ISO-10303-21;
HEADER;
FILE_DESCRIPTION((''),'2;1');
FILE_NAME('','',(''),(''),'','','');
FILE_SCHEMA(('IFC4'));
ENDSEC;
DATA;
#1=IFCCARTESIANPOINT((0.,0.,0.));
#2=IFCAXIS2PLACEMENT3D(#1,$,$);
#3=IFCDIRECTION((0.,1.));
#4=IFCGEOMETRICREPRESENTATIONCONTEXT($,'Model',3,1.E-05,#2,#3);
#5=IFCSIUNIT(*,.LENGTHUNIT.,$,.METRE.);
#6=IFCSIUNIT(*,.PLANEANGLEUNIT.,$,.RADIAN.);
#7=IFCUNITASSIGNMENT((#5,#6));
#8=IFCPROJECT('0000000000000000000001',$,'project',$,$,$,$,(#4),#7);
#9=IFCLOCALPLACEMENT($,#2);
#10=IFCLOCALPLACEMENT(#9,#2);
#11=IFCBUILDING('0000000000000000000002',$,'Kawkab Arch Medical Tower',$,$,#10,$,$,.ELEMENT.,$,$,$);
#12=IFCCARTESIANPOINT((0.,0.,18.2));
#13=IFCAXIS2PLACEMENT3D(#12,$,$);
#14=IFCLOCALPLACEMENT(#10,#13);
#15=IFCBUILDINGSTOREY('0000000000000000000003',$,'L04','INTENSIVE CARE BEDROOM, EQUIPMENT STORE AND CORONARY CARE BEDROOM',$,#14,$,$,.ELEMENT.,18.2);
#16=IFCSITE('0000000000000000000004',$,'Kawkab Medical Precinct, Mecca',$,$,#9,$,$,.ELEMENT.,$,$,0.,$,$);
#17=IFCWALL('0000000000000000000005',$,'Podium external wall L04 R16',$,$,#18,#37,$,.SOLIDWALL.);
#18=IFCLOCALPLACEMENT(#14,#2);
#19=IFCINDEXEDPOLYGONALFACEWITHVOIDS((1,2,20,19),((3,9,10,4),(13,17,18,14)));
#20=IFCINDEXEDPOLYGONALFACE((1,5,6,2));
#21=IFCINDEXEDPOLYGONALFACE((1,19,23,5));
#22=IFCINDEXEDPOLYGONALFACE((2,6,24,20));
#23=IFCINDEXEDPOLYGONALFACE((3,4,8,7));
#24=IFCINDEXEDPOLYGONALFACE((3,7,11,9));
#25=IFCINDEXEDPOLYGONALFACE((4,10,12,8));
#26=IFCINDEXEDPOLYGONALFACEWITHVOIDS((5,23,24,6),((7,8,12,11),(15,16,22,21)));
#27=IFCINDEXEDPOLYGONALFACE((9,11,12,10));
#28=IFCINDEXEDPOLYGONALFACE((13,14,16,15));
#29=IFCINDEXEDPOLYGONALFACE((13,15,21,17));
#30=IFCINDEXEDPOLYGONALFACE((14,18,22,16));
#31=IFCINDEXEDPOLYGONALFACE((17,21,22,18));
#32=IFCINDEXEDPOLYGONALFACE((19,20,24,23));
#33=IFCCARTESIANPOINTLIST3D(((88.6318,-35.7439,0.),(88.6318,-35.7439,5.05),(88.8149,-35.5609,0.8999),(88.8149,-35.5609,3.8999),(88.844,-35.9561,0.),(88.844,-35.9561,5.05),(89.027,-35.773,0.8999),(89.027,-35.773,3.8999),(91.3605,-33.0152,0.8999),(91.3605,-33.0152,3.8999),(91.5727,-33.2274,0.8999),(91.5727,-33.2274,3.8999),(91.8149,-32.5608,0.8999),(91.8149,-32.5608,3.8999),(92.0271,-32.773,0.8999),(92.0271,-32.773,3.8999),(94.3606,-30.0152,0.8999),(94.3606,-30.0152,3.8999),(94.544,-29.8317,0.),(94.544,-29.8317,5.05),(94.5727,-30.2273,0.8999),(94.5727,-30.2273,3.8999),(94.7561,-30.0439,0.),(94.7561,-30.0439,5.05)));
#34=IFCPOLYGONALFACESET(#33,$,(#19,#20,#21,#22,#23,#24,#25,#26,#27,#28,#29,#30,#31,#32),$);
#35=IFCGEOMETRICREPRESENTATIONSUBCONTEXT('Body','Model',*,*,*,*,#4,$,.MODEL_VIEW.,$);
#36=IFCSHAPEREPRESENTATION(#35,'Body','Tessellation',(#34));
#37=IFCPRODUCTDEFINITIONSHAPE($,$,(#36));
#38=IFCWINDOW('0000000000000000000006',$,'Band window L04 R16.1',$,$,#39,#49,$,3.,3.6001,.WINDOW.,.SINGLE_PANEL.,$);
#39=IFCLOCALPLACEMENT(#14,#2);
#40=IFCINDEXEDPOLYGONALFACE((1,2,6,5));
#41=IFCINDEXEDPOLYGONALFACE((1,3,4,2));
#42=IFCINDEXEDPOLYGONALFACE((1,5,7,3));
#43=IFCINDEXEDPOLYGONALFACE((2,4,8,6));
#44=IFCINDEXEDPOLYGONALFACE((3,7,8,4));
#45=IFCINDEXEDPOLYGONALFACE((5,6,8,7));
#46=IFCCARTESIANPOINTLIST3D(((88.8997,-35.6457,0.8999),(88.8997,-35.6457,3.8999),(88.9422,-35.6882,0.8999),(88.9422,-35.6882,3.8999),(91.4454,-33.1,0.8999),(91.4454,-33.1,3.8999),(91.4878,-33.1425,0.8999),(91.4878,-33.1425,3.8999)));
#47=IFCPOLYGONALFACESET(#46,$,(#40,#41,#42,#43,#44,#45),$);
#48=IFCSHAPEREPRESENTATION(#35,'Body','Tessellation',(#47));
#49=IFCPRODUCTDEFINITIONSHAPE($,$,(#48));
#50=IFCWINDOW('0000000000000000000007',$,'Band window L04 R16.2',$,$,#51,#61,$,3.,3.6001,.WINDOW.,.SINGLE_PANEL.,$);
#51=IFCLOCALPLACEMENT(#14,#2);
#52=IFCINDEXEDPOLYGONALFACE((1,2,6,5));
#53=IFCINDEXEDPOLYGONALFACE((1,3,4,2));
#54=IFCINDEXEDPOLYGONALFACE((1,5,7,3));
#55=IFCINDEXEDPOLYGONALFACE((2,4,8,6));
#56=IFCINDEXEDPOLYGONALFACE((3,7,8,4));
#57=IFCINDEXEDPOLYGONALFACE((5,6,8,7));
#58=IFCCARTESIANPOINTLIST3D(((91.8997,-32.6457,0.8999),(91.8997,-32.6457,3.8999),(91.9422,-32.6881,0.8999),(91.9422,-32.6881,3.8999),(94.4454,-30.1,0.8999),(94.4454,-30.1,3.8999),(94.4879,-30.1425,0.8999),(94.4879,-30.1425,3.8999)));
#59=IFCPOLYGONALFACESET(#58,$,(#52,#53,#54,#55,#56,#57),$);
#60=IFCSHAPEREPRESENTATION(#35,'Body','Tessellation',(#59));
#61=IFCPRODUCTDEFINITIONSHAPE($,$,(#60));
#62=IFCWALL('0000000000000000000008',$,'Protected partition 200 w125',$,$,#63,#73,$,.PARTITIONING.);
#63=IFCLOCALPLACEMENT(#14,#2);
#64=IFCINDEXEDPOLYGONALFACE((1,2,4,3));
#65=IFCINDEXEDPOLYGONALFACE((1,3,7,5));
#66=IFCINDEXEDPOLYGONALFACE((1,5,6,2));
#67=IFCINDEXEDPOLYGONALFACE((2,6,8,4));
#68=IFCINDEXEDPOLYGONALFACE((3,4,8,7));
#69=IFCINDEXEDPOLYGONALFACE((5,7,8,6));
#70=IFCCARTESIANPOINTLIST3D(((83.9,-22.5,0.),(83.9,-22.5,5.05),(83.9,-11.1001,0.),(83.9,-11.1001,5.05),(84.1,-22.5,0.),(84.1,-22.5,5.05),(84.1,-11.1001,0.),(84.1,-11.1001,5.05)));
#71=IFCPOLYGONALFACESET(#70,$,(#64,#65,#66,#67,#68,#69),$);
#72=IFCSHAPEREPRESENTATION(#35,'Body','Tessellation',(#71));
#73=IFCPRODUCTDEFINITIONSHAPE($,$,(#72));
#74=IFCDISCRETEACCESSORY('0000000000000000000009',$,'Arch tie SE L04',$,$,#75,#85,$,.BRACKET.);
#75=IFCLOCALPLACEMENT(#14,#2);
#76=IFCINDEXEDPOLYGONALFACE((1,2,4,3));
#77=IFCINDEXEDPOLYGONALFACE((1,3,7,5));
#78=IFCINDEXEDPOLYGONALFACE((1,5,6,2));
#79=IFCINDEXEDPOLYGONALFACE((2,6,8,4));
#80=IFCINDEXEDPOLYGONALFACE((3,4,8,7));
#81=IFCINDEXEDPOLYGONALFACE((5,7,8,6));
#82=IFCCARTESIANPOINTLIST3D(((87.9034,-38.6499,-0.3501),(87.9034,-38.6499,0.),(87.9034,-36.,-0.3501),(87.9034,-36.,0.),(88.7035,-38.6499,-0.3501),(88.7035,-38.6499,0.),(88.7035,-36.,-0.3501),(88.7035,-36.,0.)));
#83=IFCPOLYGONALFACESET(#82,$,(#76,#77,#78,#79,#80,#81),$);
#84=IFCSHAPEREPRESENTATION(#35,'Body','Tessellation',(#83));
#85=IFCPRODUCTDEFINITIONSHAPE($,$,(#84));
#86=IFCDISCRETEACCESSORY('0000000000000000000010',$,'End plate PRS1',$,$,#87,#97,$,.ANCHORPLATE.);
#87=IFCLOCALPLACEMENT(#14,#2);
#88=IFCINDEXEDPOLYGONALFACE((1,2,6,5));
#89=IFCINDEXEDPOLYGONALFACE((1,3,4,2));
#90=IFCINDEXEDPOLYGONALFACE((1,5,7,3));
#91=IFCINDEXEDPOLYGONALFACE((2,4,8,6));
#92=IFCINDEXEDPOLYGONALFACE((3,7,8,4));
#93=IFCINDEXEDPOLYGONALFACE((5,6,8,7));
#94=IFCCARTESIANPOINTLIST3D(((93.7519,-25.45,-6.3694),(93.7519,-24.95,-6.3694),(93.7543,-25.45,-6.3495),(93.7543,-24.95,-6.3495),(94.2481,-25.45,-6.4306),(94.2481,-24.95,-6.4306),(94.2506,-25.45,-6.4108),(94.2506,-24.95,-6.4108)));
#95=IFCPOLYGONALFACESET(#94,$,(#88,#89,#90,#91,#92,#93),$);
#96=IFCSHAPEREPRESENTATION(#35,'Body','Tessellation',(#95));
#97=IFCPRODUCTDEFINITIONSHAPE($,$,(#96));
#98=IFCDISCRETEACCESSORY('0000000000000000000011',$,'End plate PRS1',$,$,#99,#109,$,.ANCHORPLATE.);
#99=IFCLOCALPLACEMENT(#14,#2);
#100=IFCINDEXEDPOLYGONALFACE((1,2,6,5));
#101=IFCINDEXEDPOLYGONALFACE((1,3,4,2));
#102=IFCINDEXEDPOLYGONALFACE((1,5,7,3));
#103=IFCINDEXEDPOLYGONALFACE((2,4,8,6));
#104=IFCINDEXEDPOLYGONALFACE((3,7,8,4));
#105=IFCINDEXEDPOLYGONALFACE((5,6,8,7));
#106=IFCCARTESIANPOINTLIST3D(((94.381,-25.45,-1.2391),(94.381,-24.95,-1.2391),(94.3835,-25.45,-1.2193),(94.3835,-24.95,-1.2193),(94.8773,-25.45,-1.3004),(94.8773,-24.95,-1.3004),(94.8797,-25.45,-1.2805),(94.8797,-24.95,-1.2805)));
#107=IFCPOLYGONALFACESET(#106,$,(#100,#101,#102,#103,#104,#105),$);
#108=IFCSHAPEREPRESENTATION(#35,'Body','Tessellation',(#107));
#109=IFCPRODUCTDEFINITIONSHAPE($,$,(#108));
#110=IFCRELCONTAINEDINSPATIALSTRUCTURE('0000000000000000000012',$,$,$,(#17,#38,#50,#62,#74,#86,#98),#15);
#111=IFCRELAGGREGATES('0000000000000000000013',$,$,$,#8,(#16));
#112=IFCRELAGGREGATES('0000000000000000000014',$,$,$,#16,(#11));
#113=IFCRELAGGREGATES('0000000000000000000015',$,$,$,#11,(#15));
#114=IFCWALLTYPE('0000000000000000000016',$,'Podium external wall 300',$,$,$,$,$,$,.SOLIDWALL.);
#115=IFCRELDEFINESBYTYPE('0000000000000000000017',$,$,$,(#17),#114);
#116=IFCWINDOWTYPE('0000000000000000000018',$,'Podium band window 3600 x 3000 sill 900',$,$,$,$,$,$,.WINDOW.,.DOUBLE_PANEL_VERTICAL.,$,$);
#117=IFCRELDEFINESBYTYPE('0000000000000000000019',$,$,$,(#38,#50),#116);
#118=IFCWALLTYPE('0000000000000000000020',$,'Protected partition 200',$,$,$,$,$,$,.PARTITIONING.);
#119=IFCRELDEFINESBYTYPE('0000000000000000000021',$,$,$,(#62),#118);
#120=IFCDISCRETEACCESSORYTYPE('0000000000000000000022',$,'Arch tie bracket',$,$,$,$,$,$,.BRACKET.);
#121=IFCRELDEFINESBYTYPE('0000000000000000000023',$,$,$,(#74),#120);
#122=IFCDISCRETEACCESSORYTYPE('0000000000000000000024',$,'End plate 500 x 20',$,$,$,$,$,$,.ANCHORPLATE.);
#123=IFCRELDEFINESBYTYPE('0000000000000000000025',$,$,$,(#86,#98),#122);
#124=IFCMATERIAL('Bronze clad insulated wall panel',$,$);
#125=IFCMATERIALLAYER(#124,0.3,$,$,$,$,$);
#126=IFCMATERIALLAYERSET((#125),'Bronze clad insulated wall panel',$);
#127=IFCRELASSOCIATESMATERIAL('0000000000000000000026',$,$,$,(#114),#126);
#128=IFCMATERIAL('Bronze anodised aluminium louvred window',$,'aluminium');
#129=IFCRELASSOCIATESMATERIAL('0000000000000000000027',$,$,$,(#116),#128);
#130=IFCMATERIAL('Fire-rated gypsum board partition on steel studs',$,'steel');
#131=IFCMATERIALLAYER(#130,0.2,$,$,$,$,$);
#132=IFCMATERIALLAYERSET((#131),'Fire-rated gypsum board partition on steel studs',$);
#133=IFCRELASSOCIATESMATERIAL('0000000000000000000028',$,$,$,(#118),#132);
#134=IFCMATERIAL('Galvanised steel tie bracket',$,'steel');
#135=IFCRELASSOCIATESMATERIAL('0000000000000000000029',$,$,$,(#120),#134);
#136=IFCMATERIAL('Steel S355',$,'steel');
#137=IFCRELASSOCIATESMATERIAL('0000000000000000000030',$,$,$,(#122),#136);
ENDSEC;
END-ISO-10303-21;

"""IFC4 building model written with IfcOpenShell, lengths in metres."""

from ifc_helpers import new_model, si_unit, direction, frame, frame_2d, origin, origin_2d, place, context, subcontext, project, spatial, rectangle, extrude, material, layer, layer_set, material_profile, profile_set, type_object, element, fill, save


model = new_model("IFC4")

# Units and contexts
model_context = context("Model", 3, precision=1e-05, world=origin(), true_north=direction((0.0, 1.0)))
body_context = subcontext(model_context, "Body", "Model", "MODEL_VIEW")
ifc_project = project(units=[si_unit("LENGTHUNIT", "METRE"), si_unit("PLANEANGLEUNIT", "RADIAN")], contexts=[model_context])

# Site, building, storey
site_placement = place(None, origin())
site = spatial("IfcSite", under=ifc_project, at=site_placement, Name="Kawkab Medical Precinct, Mecca", CompositionType="ELEMENT", RefElevation=0.0)
building_placement = place(site_placement, origin())
building = spatial("IfcBuilding", under=site, at=building_placement, Name="Kawkab Arch Medical Tower", CompositionType="ELEMENT")
storey_placement = place(building_placement, frame((0.0, 0.0, 18.2)))
storey = spatial("IfcBuildingStorey", under=building, at=storey_placement, Name="L04", Description="INTENSIVE CARE BEDROOM, EQUIPMENT STORE AND CORONARY CARE BEDROOM", CompositionType="ELEMENT", Elevation=18.2)

# Wall, openings, windows
ifc_material_1 = material(Name="Bronze clad insulated wall panel")
ifc_layer_1 = layer(ifc_material_1, 0.3)
ifc_layer_set_1 = layer_set([ifc_layer_1], Name="Bronze clad insulated wall panel")
wall_type_1 = type_object("IfcWallType", Name="Podium external wall 300", PredefinedType="SOLIDWALL", material=ifc_layer_set_1)
ifc_material_2 = material(Name="Bronze anodised aluminium louvred window", Category="aluminium")
window_type_1 = type_object("IfcWindowType", Name="Podium band window 3600 x 3000 sill 900", PartitioningType="DOUBLE_PANEL_VERTICAL", PredefinedType="WINDOW", material=ifc_material_2)
wall_1_placement = place(storey_placement, frame((88.7378, -35.8501, 0.0), z_axis=(0.0, 0.0, 1.0), x_axis=(0.707107, 0.707107, 0.0)))
wall_1 = element("IfcWall", 1, at=wall_1_placement, inside=storey, type_object=wall_type_1, Name="Podium external wall L04 R16", PredefinedType="SOLIDWALL", context=body_context, shape_type="SweptSolid", body=[
    extrude(rectangle(XDim=8.3611, YDim=0.3, at=frame_2d((4.1807, 0.0))), origin(), (0.0, 0.0, 1.0), 5.05),
])
opening_1_placement = place(wall_1_placement, frame((0.259, 0.0, 0.8999)))
opening_1 = element("IfcOpeningElement", 2, at=opening_1_placement, cuts=wall_1, PredefinedType="OPENING", context=body_context, shape_type="SweptSolid", body=[
    extrude(rectangle(XDim=3.6001, YDim=3.0, at=frame_2d((1.8, 1.5))), frame((0.0, 0.1599, 0.0), z_axis=(0.0, -1.0, 0.0), x_axis=(1.0, 0.0, 0.0)), (0.0, 0.0, 1.0), 0.3201),
])
opening_2_placement = place(wall_1_placement, frame((4.5017, 0.0, 0.8999)))
opening_2 = element("IfcOpeningElement", 3, at=opening_2_placement, cuts=wall_1, PredefinedType="OPENING", context=body_context, shape_type="SweptSolid", body=[
    extrude(rectangle(XDim=3.6001, YDim=3.0, at=frame_2d((1.8, 1.5))), frame((0.0, 0.1599, 0.0), z_axis=(0.0, -1.0, 0.0), x_axis=(1.0, 0.0, 0.0)), (0.0, 0.0, 1.0), 0.3201),
])
window_1_placement = place(opening_1_placement, origin())
window_1 = element("IfcWindow", 4, at=window_1_placement, inside=storey, type_object=window_type_1, Name="Band window L04 R16.1", OverallHeight=3.0, OverallWidth=3.6001, PartitioningType="SINGLE_PANEL", PredefinedType="WINDOW", context=body_context, shape_type="SweptSolid", body=[
    extrude(rectangle(XDim=3.6001, YDim=3.0, at=frame_2d((1.8, 1.5))), frame((0.0, 0.03, 0.0), z_axis=(0.0, -1.0, 0.0), x_axis=(1.0, 0.0, 0.0)), (0.0, 0.0, 1.0), 0.0601),
])
fill(opening_1, window_1)
window_2_placement = place(opening_2_placement, origin())
window_2 = element("IfcWindow", 5, at=window_2_placement, inside=storey, type_object=window_type_1, Name="Band window L04 R16.2", OverallHeight=3.0, OverallWidth=3.6001, PartitioningType="SINGLE_PANEL", PredefinedType="WINDOW", context=body_context, shape_type="SweptSolid", body=[
    extrude(rectangle(XDim=3.6001, YDim=3.0, at=frame_2d((1.8, 1.5))), frame((0.0, 0.03, 0.0), z_axis=(0.0, -1.0, 0.0), x_axis=(1.0, 0.0, 0.0)), (0.0, 0.0, 1.0), 0.0601),
])
fill(opening_2, window_2)

# Wall
ifc_material_3 = material(Name="Fire-rated gypsum board partition on steel studs", Category="steel")
ifc_layer_2 = layer(ifc_material_3, 0.2)
ifc_layer_set_2 = layer_set([ifc_layer_2], Name="Fire-rated gypsum board partition on steel studs")
wall_type_2 = type_object("IfcWallType", Name="Protected partition 200", PredefinedType="PARTITIONING", material=ifc_layer_set_2)
wall_2_placement = place(storey_placement, frame((84.0, -22.5, 0.0), z_axis=(0.0, 0.0, 1.0), x_axis=(0.0, 1.0, 0.0)))
element("IfcWall", 6, at=wall_2_placement, inside=storey, type_object=wall_type_2, Name="Protected partition 200 w125", PredefinedType="PARTITIONING", context=body_context, shape_type="SweptSolid", body=[
    extrude(rectangle(XDim=11.3999, YDim=0.2, at=frame_2d((5.7, 0.0))), origin(), (0.0, 0.0, 1.0), 5.05),
])

# Discrete accessories
ifc_material_4 = material(Name="Galvanised steel tie bracket", Category="steel")
discrete_accessory_type_1 = type_object("IfcDiscreteAccessoryType", Name="Arch tie bracket", PredefinedType="BRACKET", material=ifc_material_4)
discrete_accessory_placement = place(storey_placement, frame((88.3035, -37.325, -0.3501), z_axis=(0.0, 0.0, 1.0), x_axis=(1.0, 0.0, 0.0)))
element("IfcDiscreteAccessory", 7, at=discrete_accessory_placement, inside=storey, type_object=discrete_accessory_type_1, Name="Arch tie SE L04", PredefinedType="BRACKET", context=body_context, shape_type="SweptSolid", body=[
    extrude(rectangle(XDim=0.8, YDim=2.6499, at=origin_2d()), origin(), (0.0, 0.0, 1.0), 0.3501),
])
ifc_material_5 = material(Name="Steel S355", Category="steel")
ifc_material_profile_1 = material_profile(ifc_material_5, rectangle(XDim=0.5, YDim=0.5, at=origin_2d()), Name="End plate 500 x 20")
ifc_profile_set_1 = profile_set([ifc_material_profile_1], Name="Steel S355")
discrete_accessory_type_2 = type_object("IfcDiscreteAccessoryType", Name="End plate 500 x 20", PredefinedType="ANCHORPLATE", material=ifc_profile_set_1)
for number, where, z_axis, x_axis, name in (
    (8, (94.0024, -25.2, -6.3801), (-0.122527, 0.0, -0.992465), (0.0, -1.0, 0.0), "End plate PRS1"),
    (9, (94.6292, -25.2, -1.2698), (0.122527, 0.0, 0.992465), (0.0, 1.0, 0.0), "End plate PRS1"),
):
    element("IfcDiscreteAccessory", number, at=place(storey_placement, frame(where, z_axis=z_axis, x_axis=x_axis)), inside=storey, type_object=discrete_accessory_type_2, Name=name, PredefinedType="ANCHORPLATE", context=body_context, shape_type="SweptSolid", body=[
        extrude(rectangle(XDim=0.5, YDim=0.5, at=origin_2d()), origin(), (0.0, 0.0, 1.0), 0.02),
    ])

save(model, "model.ifc")
